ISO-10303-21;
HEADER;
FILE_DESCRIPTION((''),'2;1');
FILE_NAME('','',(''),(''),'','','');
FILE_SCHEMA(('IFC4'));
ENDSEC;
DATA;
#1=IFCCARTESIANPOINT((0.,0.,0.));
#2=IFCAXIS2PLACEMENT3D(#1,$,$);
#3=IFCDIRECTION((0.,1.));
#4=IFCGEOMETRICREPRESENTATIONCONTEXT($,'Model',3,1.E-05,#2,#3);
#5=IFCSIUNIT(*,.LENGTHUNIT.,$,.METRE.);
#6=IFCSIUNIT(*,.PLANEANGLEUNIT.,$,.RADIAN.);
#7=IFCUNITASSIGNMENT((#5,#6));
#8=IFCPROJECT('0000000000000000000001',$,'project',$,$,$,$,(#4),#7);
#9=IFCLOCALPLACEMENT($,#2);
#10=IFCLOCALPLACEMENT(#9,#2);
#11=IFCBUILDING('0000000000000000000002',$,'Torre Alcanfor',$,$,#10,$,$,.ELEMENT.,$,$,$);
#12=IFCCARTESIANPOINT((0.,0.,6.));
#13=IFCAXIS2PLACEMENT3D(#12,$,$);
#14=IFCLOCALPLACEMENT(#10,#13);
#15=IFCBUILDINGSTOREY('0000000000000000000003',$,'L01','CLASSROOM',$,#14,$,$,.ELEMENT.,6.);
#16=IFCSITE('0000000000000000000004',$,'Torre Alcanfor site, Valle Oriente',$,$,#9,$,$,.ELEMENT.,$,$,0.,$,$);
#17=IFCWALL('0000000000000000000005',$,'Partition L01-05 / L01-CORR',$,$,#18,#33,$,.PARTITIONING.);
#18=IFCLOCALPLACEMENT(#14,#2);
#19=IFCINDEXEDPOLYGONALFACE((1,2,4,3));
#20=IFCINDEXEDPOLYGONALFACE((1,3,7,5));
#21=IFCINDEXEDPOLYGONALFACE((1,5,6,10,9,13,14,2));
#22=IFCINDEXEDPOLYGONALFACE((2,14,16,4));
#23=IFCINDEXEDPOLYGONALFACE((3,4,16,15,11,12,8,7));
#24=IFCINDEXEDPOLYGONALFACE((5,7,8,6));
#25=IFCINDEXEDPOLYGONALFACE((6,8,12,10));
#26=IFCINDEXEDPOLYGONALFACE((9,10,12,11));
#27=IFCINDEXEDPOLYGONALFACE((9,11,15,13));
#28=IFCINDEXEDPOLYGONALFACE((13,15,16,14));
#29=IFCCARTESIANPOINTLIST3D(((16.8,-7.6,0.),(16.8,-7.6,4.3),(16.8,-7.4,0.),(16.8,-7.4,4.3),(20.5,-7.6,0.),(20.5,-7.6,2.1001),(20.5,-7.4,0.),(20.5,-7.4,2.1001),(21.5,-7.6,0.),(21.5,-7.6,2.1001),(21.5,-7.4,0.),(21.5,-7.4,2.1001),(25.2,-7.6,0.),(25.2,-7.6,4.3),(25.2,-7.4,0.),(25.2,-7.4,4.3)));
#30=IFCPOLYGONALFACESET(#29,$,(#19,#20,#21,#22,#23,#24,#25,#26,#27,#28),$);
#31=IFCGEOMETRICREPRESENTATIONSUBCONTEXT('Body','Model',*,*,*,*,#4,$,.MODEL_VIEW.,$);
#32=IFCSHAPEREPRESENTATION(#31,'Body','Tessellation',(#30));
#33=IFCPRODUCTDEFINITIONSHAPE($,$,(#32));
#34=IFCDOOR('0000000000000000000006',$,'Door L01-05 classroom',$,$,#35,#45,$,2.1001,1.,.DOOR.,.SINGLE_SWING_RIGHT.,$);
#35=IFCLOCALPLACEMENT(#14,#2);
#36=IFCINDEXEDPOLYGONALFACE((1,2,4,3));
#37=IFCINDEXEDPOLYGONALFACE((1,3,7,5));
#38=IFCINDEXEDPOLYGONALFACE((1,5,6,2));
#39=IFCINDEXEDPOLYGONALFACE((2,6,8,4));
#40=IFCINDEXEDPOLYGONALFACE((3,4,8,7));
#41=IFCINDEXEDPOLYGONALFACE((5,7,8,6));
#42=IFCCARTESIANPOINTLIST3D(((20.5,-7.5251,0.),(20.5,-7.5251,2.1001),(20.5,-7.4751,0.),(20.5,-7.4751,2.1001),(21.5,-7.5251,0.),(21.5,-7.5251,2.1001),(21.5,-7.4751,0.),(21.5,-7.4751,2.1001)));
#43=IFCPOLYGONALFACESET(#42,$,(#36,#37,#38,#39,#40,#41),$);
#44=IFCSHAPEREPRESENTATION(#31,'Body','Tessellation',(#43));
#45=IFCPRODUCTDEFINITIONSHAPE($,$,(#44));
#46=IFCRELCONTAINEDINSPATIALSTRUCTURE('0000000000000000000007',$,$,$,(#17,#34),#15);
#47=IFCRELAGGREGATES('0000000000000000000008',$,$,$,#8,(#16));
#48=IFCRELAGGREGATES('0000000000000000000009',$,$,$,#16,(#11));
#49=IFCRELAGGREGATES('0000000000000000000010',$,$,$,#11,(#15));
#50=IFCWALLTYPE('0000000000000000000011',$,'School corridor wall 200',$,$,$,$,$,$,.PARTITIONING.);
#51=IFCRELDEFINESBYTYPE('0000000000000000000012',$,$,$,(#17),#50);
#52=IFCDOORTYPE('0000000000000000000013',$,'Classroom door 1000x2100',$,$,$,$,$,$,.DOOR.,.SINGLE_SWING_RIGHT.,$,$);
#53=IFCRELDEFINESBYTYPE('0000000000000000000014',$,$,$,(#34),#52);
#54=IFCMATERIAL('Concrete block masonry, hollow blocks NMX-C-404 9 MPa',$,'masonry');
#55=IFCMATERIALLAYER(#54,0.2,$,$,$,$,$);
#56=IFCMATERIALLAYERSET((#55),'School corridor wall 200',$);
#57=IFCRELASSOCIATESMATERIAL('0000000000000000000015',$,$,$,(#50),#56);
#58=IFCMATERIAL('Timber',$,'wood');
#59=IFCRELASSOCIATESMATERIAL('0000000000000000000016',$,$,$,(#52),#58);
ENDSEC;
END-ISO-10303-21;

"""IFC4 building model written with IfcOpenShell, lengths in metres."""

from ifc_helpers import new_model, si_unit, direction, frame, frame_2d, origin, place, context, subcontext, project, spatial, rectangle, extrude, material, layer, layer_set, type_object, element, fill, save


model = new_model("IFC4")

# Units and contexts
model_context = context("Model", 3, precision=1e-05, world=origin(), true_north=direction((0.0, 1.0)))
body_context = subcontext(model_context, "Body", "Model", "MODEL_VIEW")
ifc_project = project(units=[si_unit("LENGTHUNIT", "METRE"), si_unit("PLANEANGLEUNIT", "RADIAN")], contexts=[model_context])

# Site, building, storey
site_placement = place(None, origin())
site = spatial("IfcSite", under=ifc_project, at=site_placement, Name="Torre Alcanfor site, Valle Oriente", CompositionType="ELEMENT", RefElevation=0.0)
building_placement = place(site_placement, origin())
building = spatial("IfcBuilding", under=site, at=building_placement, Name="Torre Alcanfor", CompositionType="ELEMENT")
storey_placement = place(building_placement, frame((0.0, 0.0, 6.0)))
storey = spatial("IfcBuildingStorey", under=building, at=storey_placement, Name="L01", Description="CLASSROOM", CompositionType="ELEMENT", Elevation=6.0)

# Wall, opening, door
ifc_material_1 = material(Name="Concrete block masonry, hollow blocks NMX-C-404 9 MPa", Category="masonry")
ifc_layer_1 = layer(ifc_material_1, 0.2)
ifc_layer_set_1 = layer_set([ifc_layer_1], Name="School corridor wall 200")
wall_type_1 = type_object("IfcWallType", Name="School corridor wall 200", PredefinedType="PARTITIONING", material=ifc_layer_set_1)
wall_1_placement = place(storey_placement, frame((16.8, -7.5, 0.0), z_axis=(0.0, 0.0, 1.0), x_axis=(1.0, 0.0, 0.0)))
wall_1 = element("IfcWall", 1, at=wall_1_placement, inside=storey, type_object=wall_type_1, Name="Partition L01-05 / L01-CORR", PredefinedType="PARTITIONING", context=body_context, shape_type="SweptSolid", body=[
    extrude(rectangle(XDim=8.3999, YDim=0.2, at=frame_2d((4.2, 0.0))), origin(), (0.0, 0.0, 1.0), 4.3),
])
opening_placement = place(wall_1_placement, frame((3.7, 0.0, 0.0)))
opening = element("IfcOpeningElement", 2, at=opening_placement, cuts=wall_1, PredefinedType="OPENING", context=body_context, shape_type="SweptSolid", body=[
    extrude(rectangle(XDim=1.0, YDim=2.1001, at=frame_2d((0.5, 1.05))), frame((0.0, 0.1099, 0.0), z_axis=(0.0, -1.0, 0.0), x_axis=(1.0, 0.0, 0.0)), (0.0, 0.0, 1.0), 0.22),
])
ifc_material_2 = material(Name="Timber", Category="wood")
door_type = type_object("IfcDoorType", Name="Classroom door 1000x2100", OperationType="SINGLE_SWING_RIGHT", PredefinedType="DOOR", material=ifc_material_2)
door_placement = place(opening_placement, frame((1.0, 0.0, 0.0), z_axis=(0.0, 0.0, 1.0), x_axis=(-1.0, 0.0, 0.0)))
door = element("IfcDoor", 3, at=door_placement, inside=storey, type_object=door_type, Name="Door L01-05 classroom", OperationType="SINGLE_SWING_RIGHT", OverallHeight=2.1001, OverallWidth=1.0, PredefinedType="DOOR", context=body_context, shape_type="SweptSolid", body=[
    extrude(rectangle(XDim=1.0, YDim=2.1001, at=frame_2d((0.5, 1.05))), frame((0.0, 0.0251, 0.0), z_axis=(0.0, -1.0, 0.0), x_axis=(1.0, 0.0, 0.0)), (0.0, 0.0, 1.0), 0.05),
])
fill(opening, door)

save(model, "model.ifc")
